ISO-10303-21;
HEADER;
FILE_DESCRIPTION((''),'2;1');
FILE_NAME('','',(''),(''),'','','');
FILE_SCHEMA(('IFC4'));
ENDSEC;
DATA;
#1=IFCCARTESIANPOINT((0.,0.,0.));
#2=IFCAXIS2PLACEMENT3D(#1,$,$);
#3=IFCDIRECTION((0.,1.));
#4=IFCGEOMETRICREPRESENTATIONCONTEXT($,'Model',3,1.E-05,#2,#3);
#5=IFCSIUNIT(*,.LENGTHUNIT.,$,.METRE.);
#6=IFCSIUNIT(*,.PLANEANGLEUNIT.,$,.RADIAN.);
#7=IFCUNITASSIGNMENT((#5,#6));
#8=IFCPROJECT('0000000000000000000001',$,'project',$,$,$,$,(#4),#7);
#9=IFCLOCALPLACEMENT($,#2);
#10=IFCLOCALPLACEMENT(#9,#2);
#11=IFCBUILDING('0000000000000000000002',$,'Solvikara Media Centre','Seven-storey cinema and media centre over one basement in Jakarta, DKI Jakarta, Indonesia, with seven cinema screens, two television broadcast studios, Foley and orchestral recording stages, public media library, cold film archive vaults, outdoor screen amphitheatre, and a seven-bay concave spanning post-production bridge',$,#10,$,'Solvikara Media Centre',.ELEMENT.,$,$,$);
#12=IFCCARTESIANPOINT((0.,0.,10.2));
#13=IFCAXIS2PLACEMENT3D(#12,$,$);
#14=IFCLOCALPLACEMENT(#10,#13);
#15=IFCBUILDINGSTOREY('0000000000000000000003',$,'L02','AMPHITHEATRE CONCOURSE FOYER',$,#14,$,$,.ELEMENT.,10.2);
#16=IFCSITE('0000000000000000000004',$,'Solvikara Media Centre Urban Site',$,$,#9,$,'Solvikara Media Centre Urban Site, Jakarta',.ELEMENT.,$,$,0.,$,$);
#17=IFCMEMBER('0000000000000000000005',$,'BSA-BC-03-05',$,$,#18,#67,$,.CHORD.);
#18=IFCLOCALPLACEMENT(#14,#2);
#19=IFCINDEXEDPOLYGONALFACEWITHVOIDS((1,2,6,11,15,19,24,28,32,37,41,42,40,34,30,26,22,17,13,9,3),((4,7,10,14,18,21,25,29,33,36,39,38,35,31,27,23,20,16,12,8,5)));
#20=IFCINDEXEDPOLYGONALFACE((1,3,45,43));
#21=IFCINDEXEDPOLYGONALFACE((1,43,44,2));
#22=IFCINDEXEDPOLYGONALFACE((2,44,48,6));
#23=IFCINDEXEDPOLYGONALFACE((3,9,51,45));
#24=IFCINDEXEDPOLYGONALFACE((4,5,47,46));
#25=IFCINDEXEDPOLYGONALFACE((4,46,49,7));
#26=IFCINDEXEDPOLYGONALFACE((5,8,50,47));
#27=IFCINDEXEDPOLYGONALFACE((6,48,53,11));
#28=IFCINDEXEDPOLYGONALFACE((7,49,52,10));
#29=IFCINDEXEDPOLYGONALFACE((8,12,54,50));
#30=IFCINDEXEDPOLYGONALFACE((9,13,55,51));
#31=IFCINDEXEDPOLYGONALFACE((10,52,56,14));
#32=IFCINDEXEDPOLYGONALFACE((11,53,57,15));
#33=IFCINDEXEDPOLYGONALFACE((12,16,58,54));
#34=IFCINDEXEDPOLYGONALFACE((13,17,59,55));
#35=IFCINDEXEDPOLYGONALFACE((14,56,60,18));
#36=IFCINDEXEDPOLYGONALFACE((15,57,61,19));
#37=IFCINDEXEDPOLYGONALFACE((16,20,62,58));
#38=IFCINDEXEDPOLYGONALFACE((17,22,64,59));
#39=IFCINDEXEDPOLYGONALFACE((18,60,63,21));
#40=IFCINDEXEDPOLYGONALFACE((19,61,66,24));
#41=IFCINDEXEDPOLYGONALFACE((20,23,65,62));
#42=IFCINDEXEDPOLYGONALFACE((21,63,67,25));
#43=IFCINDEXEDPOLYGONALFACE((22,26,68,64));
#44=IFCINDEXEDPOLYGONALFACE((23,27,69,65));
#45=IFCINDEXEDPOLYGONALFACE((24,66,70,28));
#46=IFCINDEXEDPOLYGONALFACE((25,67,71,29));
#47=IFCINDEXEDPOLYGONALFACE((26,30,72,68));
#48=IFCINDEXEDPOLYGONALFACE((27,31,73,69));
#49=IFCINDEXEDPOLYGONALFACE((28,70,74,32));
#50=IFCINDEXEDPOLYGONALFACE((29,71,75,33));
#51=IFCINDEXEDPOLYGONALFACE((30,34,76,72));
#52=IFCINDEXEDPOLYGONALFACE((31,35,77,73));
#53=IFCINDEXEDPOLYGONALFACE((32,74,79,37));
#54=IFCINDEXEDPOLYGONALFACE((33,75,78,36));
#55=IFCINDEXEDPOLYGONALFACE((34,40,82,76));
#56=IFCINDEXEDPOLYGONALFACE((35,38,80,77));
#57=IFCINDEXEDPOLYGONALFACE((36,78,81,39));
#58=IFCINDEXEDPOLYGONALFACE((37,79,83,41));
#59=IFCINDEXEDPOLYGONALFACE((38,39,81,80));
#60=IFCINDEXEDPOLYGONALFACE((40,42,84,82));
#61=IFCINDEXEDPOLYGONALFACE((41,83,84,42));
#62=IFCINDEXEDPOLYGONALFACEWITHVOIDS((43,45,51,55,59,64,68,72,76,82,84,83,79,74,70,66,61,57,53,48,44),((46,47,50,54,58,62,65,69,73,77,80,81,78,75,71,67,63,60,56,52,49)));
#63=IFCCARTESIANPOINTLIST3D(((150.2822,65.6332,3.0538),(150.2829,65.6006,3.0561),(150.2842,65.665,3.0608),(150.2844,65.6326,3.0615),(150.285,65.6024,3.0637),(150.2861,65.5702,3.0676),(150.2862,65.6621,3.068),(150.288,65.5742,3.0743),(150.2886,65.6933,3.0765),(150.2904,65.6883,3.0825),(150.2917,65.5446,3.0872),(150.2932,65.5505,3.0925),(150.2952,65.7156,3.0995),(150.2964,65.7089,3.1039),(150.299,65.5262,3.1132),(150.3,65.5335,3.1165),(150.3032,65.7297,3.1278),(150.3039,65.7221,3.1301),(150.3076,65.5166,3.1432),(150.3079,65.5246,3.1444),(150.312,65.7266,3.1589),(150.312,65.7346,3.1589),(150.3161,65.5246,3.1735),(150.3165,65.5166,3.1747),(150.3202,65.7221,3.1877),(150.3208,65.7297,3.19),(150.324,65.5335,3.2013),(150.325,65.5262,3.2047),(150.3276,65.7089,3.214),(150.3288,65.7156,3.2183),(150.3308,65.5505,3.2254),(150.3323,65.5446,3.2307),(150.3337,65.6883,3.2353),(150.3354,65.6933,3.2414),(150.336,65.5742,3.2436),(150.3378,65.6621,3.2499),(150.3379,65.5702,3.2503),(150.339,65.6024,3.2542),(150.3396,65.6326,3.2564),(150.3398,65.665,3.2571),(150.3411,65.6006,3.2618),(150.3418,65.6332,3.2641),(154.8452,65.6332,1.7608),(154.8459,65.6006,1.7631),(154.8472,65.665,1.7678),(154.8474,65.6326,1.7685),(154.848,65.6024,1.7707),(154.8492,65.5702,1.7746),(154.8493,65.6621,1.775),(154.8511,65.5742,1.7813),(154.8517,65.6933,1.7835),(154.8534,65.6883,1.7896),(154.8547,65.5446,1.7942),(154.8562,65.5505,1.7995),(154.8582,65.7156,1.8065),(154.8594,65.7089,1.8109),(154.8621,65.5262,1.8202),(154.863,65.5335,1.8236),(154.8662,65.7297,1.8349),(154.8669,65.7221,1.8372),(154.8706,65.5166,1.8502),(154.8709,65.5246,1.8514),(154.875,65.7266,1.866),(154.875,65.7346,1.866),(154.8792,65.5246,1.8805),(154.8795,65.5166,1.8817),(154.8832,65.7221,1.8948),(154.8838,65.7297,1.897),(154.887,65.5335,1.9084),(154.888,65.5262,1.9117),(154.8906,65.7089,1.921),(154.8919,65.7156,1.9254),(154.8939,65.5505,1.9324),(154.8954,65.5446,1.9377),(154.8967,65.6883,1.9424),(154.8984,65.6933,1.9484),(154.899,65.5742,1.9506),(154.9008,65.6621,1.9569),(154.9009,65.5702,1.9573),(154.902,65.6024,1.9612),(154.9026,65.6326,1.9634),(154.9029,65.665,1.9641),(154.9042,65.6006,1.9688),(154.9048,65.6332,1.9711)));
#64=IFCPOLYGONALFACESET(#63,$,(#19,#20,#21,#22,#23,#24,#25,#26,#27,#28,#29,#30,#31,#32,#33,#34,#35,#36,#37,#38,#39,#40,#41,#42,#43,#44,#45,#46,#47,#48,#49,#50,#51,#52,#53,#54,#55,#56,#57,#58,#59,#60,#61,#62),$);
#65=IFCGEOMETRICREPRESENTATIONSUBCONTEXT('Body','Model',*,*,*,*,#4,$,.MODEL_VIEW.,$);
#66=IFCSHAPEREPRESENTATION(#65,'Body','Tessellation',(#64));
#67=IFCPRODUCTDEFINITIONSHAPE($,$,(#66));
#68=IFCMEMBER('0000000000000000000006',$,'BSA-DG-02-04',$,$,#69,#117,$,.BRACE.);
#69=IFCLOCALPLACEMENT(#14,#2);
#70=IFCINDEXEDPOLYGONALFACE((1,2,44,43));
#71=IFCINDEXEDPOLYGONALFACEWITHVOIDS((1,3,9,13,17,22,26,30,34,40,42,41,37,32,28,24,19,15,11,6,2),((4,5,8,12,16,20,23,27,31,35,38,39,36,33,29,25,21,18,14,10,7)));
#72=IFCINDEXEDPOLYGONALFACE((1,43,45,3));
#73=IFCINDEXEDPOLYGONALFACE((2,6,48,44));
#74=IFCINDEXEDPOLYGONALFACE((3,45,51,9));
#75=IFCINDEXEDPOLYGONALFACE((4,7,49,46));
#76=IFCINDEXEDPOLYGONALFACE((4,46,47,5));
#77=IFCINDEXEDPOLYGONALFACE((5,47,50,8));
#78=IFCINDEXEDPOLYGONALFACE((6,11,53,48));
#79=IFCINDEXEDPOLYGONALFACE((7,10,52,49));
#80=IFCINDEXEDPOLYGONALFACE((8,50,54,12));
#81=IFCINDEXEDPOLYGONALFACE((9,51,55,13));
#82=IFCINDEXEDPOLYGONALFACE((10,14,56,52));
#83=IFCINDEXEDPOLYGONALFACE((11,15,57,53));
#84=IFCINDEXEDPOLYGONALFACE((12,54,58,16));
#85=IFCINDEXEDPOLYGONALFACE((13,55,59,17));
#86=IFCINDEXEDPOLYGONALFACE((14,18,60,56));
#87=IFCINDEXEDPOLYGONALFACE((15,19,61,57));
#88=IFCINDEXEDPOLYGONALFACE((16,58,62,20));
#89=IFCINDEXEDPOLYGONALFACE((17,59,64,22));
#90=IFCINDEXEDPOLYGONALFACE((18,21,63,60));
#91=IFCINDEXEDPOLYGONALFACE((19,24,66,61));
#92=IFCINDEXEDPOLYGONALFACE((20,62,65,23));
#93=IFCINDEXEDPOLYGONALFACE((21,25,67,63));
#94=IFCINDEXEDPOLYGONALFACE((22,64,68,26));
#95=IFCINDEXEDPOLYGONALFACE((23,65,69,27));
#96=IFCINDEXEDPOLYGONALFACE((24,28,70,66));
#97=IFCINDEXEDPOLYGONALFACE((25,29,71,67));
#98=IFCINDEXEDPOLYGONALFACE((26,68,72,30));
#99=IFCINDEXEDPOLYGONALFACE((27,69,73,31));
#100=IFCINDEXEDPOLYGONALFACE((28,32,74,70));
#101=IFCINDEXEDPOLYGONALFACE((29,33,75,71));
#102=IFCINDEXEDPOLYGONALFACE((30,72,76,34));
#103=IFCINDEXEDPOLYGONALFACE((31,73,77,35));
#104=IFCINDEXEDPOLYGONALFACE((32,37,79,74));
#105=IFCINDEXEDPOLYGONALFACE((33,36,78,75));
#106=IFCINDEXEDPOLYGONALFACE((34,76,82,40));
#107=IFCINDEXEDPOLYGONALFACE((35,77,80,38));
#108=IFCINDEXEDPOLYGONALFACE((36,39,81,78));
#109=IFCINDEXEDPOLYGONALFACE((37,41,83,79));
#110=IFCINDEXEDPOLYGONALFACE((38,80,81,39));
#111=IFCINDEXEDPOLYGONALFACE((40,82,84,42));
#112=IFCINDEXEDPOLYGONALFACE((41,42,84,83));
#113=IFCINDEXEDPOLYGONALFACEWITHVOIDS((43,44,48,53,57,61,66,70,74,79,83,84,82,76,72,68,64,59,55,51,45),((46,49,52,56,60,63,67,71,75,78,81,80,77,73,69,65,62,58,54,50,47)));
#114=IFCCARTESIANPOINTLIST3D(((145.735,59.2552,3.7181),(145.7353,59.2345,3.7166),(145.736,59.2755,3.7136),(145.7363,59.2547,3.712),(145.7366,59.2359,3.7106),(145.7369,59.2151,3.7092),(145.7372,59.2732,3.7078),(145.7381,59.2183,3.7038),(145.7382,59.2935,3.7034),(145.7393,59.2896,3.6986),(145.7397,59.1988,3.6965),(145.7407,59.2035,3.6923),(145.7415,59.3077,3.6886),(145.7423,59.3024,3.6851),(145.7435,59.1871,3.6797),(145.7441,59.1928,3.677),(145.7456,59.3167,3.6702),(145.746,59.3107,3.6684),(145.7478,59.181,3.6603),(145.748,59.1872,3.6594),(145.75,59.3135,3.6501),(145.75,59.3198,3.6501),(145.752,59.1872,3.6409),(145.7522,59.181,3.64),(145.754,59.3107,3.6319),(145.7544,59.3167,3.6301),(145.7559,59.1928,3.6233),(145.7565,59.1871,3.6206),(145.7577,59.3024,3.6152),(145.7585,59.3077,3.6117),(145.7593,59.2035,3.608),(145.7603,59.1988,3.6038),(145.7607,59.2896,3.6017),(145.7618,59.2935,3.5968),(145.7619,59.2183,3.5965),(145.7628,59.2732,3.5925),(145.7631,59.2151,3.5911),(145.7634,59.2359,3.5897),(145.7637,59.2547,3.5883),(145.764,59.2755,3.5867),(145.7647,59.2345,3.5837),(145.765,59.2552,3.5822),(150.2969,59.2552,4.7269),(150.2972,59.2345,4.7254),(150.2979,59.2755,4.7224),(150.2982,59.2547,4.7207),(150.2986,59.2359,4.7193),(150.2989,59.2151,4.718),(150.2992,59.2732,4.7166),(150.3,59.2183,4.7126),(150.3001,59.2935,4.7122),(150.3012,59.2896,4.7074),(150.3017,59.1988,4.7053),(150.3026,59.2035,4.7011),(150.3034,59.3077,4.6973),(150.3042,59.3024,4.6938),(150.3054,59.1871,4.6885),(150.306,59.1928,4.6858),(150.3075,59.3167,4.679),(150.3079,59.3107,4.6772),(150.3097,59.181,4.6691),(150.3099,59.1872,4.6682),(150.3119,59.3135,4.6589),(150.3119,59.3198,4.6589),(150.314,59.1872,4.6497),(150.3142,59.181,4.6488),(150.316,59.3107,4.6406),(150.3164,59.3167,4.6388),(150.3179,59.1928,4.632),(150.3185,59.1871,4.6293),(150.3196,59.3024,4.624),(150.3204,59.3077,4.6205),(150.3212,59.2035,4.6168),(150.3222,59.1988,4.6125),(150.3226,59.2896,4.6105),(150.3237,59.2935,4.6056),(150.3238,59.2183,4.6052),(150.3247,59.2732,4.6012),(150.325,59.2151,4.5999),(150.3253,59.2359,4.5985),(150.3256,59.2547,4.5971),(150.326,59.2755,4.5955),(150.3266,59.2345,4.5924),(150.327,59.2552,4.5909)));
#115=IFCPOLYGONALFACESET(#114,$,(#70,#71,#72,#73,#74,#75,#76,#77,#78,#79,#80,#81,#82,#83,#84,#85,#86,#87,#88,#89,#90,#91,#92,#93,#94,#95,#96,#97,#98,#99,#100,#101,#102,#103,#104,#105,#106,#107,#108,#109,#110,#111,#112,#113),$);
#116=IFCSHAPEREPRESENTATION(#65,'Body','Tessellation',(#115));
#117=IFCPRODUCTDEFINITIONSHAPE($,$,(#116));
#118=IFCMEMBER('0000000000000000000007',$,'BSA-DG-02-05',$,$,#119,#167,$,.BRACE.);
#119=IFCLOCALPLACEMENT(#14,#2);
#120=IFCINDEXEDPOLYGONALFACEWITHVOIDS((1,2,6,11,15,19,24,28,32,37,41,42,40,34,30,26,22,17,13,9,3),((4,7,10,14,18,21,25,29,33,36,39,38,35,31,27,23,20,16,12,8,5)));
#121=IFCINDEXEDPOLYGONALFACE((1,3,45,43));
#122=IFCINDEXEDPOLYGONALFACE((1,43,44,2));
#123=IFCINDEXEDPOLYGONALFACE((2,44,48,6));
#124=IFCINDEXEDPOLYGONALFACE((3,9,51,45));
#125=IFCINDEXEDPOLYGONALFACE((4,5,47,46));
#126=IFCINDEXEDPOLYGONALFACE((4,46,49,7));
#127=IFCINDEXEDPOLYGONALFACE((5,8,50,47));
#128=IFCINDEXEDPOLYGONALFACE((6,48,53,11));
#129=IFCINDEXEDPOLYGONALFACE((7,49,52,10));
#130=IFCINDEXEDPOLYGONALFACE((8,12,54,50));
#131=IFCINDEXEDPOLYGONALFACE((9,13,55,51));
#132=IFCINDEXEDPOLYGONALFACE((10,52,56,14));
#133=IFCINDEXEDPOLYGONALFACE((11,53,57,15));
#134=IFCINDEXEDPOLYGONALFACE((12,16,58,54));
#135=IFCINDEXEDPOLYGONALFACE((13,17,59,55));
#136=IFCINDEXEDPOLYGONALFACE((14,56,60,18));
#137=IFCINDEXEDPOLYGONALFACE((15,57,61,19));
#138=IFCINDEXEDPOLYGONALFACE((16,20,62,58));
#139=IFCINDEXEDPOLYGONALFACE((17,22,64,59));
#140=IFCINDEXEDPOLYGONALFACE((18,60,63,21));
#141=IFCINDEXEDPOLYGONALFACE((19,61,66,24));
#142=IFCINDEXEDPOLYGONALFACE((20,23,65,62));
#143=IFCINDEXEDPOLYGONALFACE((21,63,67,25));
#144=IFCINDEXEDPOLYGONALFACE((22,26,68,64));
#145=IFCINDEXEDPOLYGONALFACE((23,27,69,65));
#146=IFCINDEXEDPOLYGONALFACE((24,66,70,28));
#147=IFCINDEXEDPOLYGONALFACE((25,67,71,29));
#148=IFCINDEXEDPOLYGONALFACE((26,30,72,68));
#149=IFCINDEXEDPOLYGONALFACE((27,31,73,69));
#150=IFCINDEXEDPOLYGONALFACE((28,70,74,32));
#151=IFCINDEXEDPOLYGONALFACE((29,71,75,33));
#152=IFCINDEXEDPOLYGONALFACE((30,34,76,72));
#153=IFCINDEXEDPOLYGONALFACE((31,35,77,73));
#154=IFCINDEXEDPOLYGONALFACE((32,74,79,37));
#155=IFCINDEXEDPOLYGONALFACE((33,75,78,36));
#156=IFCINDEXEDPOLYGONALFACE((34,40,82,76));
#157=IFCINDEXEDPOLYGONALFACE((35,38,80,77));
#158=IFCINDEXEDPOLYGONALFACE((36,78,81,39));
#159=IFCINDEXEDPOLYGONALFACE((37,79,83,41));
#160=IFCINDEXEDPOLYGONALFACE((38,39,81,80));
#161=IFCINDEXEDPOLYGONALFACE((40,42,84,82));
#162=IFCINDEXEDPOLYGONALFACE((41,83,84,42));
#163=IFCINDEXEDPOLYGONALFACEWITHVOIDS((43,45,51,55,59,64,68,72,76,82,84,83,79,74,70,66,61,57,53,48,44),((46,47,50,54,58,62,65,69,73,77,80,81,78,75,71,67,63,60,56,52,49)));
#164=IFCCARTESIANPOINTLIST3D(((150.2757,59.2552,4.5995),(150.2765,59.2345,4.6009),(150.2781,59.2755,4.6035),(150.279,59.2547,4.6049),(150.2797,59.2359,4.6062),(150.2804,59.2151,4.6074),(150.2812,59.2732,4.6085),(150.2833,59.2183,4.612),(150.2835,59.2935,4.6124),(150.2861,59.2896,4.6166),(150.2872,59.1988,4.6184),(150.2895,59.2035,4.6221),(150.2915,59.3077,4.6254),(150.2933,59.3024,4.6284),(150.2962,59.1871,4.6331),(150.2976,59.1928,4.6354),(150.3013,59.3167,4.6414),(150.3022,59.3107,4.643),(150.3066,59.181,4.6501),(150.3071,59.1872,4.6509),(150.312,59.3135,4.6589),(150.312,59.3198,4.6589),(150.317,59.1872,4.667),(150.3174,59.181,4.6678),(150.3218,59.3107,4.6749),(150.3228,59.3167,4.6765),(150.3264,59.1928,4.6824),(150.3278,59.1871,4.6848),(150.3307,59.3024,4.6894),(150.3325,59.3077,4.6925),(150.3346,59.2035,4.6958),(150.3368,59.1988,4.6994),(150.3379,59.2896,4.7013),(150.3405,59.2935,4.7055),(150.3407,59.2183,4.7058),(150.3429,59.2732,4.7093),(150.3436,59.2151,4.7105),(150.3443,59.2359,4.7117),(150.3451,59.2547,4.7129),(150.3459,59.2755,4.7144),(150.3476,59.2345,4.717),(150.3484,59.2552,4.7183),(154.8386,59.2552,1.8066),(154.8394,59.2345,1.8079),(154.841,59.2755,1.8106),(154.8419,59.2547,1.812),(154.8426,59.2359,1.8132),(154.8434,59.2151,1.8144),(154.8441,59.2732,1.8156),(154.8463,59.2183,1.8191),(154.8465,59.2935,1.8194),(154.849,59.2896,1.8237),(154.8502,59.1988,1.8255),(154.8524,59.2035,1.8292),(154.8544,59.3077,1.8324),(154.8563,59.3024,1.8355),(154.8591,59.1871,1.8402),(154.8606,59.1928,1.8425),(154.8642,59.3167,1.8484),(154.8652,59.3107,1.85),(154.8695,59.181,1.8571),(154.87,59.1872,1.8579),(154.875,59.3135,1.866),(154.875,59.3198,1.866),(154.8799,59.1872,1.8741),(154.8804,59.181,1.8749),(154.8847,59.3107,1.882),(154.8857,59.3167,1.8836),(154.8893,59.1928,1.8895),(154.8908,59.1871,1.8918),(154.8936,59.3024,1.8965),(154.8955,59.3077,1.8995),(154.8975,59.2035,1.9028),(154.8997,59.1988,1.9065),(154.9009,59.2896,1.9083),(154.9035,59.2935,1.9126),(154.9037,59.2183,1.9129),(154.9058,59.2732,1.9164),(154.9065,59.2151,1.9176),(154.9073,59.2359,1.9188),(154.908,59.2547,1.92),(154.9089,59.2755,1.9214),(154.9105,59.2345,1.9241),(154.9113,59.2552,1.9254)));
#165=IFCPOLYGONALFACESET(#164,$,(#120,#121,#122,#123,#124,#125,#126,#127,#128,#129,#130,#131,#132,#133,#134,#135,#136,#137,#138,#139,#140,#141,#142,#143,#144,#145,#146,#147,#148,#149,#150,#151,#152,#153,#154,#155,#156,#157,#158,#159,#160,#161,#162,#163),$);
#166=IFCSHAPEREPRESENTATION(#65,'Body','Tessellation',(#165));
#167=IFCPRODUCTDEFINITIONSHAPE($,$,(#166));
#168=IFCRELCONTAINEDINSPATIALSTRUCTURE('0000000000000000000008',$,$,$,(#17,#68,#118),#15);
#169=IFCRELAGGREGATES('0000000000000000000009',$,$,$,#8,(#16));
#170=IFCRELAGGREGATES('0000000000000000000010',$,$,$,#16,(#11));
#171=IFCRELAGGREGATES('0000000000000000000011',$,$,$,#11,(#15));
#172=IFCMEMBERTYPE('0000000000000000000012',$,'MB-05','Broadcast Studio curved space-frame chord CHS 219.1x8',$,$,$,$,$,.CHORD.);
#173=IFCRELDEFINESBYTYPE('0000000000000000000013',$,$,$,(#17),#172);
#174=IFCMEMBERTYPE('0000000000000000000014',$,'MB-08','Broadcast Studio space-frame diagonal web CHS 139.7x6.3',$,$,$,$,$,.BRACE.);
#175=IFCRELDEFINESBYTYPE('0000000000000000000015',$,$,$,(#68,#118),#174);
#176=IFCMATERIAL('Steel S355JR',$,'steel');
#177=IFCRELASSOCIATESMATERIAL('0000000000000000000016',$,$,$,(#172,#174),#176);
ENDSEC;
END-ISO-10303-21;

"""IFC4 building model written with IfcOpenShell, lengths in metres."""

from ifc_helpers import new_model, si_unit, direction, frame, origin, origin_2d, place, context, subcontext, project, spatial, hollow_circle, extrude, material, material_profile, profile_set, type_object, element, save


model = new_model("IFC4")

# Units and contexts
model_context = context("Model", 3, precision=1e-05, world=origin(), true_north=direction((0.0, 1.0)))
body_context = subcontext(model_context, "Body", "Model", "MODEL_VIEW")
ifc_project = project(units=[si_unit("LENGTHUNIT", "METRE"), si_unit("PLANEANGLEUNIT", "RADIAN")], contexts=[model_context])

# Site, building, storey
site_placement = place(None, origin())
site = spatial("IfcSite", under=ifc_project, at=site_placement, Name="Solvikara Media Centre Urban Site", LongName="Solvikara Media Centre Urban Site, Jakarta", CompositionType="ELEMENT", RefElevation=0.0)
building_placement = place(site_placement, origin())
building = spatial("IfcBuilding", under=site, at=building_placement, Name="Solvikara Media Centre", Description="Seven-storey cinema and media centre over one basement in Jakarta, DKI Jakarta, Indonesia, with seven cinema screens, two television broadcast studios, Foley and orchestral recording stages, public media library, cold film archive vaults, outdoor screen amphitheatre, and a seven-bay concave spanning post-production bridge", LongName="Solvikara Media Centre", CompositionType="ELEMENT")
storey_placement = place(building_placement, frame((0.0, 0.0, 10.2)))
storey = spatial("IfcBuildingStorey", under=building, at=storey_placement, Name="L02", Description="AMPHITHEATRE CONCOURSE FOYER", CompositionType="ELEMENT", Elevation=10.2)

# Members
ifc_material_1 = material(Name="Steel S355JR", Category="steel")
ifc_material_profile_1 = material_profile(ifc_material_1, hollow_circle(Radius=0.1096, WallThickness=0.0081, at=origin_2d()), Name="CHS 219.1x8")
ifc_profile_set_1 = profile_set([ifc_material_profile_1], Name="Steel S355JR")
member_type_1 = type_object("IfcMemberType", Name="MB-05", Description="Broadcast Studio curved space-frame chord CHS 219.1x8", PredefinedType="CHORD", material=ifc_profile_set_1)
for number, where, z_axis, x_axis, name in (
    (1, (150.312, 65.625, 3.1589), (0.96212, 0.0, -0.272626), (0.0, 1.0, 0.0), "BSA-BC-03-05"),
):
    element("IfcMember", number, at=place(storey_placement, frame(where, z_axis=z_axis, x_axis=x_axis)), inside=storey, type_object=member_type_1, Name=name, PredefinedType="CHORD", context=body_context, shape_type="SweptSolid", body=[
        extrude(hollow_circle(Radius=0.1096, WallThickness=0.0081, at=origin_2d()), origin(), (0.0, 0.0, 1.0), 4.7427),
    ])
ifc_material_profile_2 = material_profile(ifc_material_1, hollow_circle(Radius=0.0698, WallThickness=0.0063, at=origin_2d()), Name="CHS 139.7x6.3")
ifc_profile_set_2 = profile_set([ifc_material_profile_2], Name="Steel S355JR")
member_type_2 = type_object("IfcMemberType", Name="MB-08", Description="Broadcast Studio space-frame diagonal web CHS 139.7x6.3", PredefinedType="BRACE", material=ifc_profile_set_2)
member_1_placement = place(storey_placement, frame((145.75, 59.25, 3.6501), z_axis=(0.976413, 0.0, 0.215912), x_axis=(0.0, 1.0, 0.0)))
element("IfcMember", 2, at=member_1_placement, inside=storey, type_object=member_type_2, Name="BSA-DG-02-04", PredefinedType="BRACE", context=body_context, shape_type="SweptSolid", body=[
    extrude(hollow_circle(Radius=0.0698, WallThickness=0.0063, at=origin_2d()), origin(), (0.0, 0.0, 1.0), 4.6721),
])
member_2_placement = place(storey_placement, frame((150.312, 59.25, 4.6589), z_axis=(0.852909, 0.0, -0.522059), x_axis=(0.0, 1.0, 0.0)))
element("IfcMember", 3, at=member_2_placement, inside=storey, type_object=member_type_2, Name="BSA-DG-02-05", PredefinedType="BRACE", context=body_context, shape_type="SweptSolid", body=[
    extrude(hollow_circle(Radius=0.0698, WallThickness=0.0063, at=origin_2d()), origin(), (0.0, 0.0, 1.0), 5.3499),
])

save(model, "model.ifc")
